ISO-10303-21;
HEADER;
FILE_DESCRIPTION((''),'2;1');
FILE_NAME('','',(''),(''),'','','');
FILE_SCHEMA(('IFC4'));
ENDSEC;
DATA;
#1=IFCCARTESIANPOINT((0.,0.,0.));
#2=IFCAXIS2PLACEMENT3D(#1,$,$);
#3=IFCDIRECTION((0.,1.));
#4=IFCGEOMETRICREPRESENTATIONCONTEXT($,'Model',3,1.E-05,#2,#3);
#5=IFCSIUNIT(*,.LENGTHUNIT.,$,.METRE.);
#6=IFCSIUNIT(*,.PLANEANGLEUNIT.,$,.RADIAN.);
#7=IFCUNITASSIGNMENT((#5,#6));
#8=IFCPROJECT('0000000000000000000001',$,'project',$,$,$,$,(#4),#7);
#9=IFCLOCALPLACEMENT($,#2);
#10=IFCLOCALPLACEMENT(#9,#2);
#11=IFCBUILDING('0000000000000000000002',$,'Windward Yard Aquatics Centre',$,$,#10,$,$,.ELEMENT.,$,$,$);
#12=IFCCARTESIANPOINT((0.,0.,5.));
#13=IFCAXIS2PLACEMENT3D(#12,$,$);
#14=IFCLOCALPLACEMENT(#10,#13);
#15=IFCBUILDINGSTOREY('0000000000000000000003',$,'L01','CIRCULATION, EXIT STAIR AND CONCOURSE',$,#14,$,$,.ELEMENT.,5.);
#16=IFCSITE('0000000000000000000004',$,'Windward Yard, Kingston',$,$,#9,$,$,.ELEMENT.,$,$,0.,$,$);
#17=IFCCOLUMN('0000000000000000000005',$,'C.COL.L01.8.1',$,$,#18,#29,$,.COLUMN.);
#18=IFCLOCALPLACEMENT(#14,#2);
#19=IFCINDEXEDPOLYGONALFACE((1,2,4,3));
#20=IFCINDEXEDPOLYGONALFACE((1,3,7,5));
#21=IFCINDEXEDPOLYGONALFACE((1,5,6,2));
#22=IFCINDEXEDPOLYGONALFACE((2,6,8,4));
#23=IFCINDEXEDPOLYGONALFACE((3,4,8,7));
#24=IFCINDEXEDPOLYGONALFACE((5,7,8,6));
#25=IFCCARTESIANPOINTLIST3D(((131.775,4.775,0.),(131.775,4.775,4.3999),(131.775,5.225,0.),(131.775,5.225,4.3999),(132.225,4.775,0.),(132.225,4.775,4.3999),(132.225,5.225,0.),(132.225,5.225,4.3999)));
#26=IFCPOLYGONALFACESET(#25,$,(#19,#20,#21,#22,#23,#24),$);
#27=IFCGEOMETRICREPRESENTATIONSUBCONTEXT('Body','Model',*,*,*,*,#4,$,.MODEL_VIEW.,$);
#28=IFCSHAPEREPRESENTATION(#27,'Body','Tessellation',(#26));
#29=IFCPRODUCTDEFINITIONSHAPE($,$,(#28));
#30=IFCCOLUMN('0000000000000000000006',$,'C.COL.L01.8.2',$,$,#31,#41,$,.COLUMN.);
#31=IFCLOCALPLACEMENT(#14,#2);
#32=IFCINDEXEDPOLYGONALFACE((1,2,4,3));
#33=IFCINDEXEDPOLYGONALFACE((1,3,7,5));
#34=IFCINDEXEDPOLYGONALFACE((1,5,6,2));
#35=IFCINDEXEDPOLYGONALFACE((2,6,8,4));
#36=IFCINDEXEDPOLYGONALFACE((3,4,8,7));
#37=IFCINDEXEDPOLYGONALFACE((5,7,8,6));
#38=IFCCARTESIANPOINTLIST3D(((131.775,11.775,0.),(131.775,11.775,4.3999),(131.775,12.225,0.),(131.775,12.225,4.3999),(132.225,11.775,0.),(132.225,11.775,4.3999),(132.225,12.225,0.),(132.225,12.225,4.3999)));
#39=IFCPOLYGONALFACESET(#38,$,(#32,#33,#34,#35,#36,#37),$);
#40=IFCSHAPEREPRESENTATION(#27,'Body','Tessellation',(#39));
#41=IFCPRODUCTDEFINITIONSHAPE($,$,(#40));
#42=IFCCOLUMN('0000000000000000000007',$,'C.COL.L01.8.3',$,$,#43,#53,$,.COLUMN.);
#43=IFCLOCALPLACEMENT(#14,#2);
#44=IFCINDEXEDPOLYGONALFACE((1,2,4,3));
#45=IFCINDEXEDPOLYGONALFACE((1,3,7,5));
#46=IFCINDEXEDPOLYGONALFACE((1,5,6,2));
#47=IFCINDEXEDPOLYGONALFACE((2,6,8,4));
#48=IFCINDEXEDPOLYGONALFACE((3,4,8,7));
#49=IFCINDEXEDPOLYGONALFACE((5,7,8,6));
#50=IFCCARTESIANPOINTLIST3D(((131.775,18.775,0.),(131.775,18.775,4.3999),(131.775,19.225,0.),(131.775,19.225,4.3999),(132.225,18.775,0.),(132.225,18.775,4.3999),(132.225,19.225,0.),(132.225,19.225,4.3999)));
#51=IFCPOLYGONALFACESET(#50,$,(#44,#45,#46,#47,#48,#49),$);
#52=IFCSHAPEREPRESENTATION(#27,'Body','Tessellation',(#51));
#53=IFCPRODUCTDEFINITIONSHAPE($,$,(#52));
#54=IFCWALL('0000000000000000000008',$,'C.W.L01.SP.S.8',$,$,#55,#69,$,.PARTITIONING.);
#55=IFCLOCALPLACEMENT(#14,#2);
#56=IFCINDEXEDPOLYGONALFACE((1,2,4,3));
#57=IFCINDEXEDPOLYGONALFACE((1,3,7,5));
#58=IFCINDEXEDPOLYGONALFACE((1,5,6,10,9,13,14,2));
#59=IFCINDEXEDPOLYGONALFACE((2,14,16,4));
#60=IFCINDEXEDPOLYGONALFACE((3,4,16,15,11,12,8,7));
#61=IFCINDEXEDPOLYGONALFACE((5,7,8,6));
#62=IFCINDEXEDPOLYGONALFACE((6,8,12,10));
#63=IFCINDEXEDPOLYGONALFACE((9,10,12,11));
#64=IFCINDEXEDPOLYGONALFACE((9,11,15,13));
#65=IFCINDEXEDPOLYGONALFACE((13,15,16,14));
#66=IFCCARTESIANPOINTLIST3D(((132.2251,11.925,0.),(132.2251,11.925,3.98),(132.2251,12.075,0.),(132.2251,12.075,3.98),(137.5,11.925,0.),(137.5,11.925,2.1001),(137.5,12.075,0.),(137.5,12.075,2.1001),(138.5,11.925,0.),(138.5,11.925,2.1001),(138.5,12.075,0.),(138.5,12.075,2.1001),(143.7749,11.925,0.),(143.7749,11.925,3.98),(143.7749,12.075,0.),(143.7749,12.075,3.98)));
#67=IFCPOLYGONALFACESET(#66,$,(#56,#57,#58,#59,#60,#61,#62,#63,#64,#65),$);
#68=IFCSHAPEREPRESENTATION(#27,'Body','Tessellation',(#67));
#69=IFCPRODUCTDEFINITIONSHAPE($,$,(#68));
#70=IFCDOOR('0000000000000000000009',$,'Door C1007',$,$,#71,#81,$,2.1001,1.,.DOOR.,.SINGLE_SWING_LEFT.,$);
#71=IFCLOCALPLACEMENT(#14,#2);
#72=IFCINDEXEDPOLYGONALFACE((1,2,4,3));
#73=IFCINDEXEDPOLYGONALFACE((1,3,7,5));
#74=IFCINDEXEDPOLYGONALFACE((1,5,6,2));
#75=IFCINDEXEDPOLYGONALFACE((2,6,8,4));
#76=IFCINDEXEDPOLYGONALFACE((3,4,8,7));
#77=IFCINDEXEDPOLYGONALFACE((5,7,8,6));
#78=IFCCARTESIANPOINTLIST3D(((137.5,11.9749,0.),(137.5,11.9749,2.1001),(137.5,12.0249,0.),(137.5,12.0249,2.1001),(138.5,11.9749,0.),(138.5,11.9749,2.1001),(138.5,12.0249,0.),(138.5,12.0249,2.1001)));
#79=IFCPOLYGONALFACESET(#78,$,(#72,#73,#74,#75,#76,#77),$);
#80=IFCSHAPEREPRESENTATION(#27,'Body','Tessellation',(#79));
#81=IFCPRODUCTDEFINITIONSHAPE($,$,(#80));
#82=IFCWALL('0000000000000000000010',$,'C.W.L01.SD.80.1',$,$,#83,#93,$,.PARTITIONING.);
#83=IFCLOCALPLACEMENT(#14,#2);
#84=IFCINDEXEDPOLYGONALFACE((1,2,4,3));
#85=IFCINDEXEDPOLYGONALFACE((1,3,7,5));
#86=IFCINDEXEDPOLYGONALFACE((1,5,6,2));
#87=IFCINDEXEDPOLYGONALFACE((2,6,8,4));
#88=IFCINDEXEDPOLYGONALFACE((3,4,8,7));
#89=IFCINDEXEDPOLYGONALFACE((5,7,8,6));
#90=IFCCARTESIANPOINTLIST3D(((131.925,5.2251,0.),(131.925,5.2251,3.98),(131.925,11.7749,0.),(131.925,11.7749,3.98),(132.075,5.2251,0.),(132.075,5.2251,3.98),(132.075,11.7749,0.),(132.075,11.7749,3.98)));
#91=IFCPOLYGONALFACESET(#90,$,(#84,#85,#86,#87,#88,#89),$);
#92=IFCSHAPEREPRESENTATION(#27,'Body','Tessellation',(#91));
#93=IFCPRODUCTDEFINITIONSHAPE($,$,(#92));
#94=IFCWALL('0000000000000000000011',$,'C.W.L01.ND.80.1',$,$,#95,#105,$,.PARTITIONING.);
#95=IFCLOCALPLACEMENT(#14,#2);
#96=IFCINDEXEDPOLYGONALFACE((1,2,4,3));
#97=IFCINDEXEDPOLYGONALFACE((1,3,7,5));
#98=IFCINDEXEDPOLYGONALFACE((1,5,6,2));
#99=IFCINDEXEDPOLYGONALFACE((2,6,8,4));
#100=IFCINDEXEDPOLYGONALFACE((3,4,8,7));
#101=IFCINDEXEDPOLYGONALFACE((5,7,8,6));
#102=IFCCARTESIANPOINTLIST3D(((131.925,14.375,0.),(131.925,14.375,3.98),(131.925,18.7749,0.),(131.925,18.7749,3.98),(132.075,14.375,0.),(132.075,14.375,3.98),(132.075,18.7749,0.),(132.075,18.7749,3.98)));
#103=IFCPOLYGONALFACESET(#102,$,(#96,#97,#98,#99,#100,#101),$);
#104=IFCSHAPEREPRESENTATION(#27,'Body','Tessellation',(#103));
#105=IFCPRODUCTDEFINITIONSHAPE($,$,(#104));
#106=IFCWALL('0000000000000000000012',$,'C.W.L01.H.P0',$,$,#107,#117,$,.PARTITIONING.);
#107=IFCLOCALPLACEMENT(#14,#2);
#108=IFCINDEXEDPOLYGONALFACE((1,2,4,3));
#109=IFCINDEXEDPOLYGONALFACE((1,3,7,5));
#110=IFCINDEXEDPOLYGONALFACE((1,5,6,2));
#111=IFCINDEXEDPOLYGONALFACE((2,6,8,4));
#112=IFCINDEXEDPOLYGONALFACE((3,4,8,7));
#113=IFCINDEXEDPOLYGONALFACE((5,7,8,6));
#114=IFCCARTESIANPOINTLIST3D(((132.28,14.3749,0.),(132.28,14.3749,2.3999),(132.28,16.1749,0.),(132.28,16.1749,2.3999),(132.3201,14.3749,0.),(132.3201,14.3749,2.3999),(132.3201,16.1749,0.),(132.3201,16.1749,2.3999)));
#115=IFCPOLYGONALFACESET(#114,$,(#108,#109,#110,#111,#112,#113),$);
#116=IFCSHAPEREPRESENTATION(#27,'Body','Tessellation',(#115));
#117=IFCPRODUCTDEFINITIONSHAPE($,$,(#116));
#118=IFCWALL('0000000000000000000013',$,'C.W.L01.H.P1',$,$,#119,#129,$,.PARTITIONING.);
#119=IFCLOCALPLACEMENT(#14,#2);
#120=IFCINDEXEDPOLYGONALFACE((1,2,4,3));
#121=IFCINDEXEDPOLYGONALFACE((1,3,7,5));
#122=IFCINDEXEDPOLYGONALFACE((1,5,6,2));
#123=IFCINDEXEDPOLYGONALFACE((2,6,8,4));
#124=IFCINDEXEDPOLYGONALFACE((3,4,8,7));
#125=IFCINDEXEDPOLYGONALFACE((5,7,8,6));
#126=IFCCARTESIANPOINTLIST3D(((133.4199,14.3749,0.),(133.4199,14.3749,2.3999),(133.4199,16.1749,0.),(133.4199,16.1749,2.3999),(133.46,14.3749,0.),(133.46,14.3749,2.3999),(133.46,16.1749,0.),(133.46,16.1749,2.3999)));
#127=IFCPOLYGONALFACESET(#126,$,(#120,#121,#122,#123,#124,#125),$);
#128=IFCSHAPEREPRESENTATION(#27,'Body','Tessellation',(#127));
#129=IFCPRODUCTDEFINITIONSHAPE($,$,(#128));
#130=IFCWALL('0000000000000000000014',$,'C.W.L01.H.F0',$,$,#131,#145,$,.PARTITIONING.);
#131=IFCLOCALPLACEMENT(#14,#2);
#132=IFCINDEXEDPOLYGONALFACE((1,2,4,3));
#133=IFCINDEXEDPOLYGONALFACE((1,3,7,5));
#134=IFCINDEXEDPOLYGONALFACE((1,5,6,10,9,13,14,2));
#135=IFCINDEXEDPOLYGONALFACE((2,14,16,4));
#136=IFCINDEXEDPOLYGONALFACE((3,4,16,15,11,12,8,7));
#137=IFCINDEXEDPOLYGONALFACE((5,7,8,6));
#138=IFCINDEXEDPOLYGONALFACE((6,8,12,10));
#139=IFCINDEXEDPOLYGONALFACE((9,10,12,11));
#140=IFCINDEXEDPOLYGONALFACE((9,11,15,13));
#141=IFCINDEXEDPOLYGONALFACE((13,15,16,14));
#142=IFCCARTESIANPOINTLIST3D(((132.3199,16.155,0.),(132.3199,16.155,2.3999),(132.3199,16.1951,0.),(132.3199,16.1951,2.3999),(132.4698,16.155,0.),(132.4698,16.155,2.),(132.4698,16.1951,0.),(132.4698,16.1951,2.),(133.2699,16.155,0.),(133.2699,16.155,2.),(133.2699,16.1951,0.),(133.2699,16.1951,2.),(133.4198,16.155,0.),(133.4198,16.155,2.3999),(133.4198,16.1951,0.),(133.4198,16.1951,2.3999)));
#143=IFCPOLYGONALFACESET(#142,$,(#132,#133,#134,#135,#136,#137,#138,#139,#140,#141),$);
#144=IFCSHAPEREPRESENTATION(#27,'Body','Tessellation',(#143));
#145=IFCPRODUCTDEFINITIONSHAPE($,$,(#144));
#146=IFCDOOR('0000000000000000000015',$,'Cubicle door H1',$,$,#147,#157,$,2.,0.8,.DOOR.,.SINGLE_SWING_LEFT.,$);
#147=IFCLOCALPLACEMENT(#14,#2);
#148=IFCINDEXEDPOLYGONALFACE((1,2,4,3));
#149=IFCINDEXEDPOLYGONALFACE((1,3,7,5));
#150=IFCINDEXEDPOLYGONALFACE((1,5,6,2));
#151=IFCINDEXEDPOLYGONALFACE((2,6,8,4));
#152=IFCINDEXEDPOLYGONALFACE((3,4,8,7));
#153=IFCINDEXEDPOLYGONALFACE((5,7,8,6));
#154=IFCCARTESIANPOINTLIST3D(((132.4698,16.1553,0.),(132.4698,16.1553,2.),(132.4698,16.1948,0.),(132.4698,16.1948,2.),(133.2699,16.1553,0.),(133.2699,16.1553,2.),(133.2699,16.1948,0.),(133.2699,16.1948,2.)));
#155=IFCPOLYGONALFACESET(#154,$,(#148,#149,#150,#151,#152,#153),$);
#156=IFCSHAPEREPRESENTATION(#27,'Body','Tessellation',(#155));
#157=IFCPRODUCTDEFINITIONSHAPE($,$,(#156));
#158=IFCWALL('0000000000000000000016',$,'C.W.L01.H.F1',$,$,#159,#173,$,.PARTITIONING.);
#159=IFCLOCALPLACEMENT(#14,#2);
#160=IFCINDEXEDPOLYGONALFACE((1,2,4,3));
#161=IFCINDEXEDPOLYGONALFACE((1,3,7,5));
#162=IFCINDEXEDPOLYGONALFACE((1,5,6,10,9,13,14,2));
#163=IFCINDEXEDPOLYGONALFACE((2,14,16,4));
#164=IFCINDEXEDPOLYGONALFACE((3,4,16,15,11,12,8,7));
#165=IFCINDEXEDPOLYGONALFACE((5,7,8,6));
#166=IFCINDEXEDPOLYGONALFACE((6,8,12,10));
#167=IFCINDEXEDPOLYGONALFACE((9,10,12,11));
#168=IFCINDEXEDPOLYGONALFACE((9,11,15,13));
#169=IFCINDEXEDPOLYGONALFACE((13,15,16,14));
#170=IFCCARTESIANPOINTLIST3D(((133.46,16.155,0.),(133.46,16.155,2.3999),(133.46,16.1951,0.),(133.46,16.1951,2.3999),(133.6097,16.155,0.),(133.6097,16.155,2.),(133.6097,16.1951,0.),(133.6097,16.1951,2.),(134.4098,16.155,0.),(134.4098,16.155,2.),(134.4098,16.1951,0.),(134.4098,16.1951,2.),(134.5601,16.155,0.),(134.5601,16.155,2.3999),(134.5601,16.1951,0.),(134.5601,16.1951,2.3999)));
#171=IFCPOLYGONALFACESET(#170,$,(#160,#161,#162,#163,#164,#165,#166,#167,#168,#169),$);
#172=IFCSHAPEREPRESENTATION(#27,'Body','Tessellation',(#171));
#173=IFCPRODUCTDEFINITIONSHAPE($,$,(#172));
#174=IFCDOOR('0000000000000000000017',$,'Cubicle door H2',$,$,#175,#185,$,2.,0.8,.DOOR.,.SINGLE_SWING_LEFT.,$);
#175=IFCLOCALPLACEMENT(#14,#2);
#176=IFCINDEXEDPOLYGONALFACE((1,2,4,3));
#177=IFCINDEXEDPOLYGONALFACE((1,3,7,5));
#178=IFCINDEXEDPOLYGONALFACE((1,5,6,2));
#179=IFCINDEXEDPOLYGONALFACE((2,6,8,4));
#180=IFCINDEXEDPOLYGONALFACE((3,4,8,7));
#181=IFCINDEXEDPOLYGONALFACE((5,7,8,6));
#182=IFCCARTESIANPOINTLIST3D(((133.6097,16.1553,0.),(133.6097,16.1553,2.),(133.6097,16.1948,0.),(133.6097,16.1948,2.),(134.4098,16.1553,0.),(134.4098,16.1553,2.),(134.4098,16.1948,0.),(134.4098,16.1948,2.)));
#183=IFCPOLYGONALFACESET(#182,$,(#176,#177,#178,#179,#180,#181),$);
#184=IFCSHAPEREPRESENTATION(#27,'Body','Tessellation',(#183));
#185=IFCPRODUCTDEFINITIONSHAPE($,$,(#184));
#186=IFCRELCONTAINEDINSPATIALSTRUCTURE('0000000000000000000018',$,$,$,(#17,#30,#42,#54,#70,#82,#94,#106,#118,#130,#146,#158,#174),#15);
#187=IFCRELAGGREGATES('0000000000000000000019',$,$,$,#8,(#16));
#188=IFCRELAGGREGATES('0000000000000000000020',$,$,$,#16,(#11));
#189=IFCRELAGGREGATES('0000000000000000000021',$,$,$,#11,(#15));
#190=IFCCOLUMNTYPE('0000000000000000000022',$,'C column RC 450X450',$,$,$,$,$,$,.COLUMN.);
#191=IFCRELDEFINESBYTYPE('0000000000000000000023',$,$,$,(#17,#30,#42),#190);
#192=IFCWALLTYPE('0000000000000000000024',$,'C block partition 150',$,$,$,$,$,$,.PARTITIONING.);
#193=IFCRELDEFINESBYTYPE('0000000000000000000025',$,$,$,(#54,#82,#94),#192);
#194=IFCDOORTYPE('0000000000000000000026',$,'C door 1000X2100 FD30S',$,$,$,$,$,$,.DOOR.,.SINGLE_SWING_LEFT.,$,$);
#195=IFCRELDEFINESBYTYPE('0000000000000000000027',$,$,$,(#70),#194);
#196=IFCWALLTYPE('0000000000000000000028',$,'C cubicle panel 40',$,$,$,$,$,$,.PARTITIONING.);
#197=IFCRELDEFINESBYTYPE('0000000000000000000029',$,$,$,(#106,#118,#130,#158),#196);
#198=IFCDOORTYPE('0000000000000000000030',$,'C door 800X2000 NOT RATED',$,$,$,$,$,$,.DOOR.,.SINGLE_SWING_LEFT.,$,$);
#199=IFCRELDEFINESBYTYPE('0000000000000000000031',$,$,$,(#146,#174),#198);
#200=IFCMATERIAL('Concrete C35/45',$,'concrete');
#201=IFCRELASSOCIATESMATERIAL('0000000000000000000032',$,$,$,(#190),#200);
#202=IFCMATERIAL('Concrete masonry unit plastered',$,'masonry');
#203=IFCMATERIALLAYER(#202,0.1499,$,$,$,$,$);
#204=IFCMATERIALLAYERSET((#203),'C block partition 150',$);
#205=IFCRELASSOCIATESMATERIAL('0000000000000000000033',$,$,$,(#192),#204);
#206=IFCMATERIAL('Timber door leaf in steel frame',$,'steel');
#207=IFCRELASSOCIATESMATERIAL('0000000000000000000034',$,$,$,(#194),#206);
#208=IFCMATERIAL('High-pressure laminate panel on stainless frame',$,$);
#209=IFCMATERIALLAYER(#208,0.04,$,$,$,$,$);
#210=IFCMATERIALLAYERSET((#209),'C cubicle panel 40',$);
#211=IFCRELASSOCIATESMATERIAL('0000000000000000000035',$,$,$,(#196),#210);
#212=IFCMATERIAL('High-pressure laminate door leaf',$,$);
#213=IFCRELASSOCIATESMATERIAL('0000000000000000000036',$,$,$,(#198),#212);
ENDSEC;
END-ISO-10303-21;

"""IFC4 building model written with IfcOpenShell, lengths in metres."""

from ifc_helpers import new_model, si_unit, direction, frame, frame_2d, origin, origin_2d, place, context, subcontext, project, spatial, rectangle, extrude, material, layer, layer_set, material_profile, profile_set, type_object, element, fill, save


model = new_model("IFC4")

# Units and contexts
model_context = context("Model", 3, precision=1e-05, world=origin(), true_north=direction((0.0, 1.0)))
body_context = subcontext(model_context, "Body", "Model", "MODEL_VIEW")
ifc_project = project(units=[si_unit("LENGTHUNIT", "METRE"), si_unit("PLANEANGLEUNIT", "RADIAN")], contexts=[model_context])

# Site, building, storey
site_placement = place(None, origin())
site = spatial("IfcSite", under=ifc_project, at=site_placement, Name="Windward Yard, Kingston", CompositionType="ELEMENT", RefElevation=0.0)
building_placement = place(site_placement, origin())
building = spatial("IfcBuilding", under=site, at=building_placement, Name="Windward Yard Aquatics Centre", CompositionType="ELEMENT")
storey_placement = place(building_placement, frame((0.0, 0.0, 5.0)))
storey = spatial("IfcBuildingStorey", under=building, at=storey_placement, Name="L01", Description="CIRCULATION, EXIT STAIR AND CONCOURSE", CompositionType="ELEMENT", Elevation=5.0)

# Columns
ifc_material_1 = material(Name="Concrete C35/45", Category="concrete")
ifc_material_profile = material_profile(ifc_material_1, rectangle(XDim=0.45, YDim=0.45, at=origin_2d()), Name="RC 450X450")
ifc_profile_set = profile_set([ifc_material_profile], Name="Concrete C35/45")
column_type = type_object("IfcColumnType", Name="C column RC 450X450", PredefinedType="COLUMN", material=ifc_profile_set)
for number, where, z_axis, x_axis, name in (
    (1, (132.0, 5.0, 0.0), (0.0, 0.0, 1.0), (1.0, 0.0, 0.0), "C.COL.L01.8.1"),
    (2, (132.0, 12.0, 0.0), (0.0, 0.0, 1.0), (1.0, 0.0, 0.0), "C.COL.L01.8.2"),
    (3, (132.0, 19.0, 0.0), (0.0, 0.0, 1.0), (1.0, 0.0, 0.0), "C.COL.L01.8.3"),
):
    element("IfcColumn", number, at=place(storey_placement, frame(where, z_axis=z_axis, x_axis=x_axis)), inside=storey, type_object=column_type, Name=name, PredefinedType="COLUMN", context=body_context, shape_type="SweptSolid", body=[
        extrude(rectangle(XDim=0.45, YDim=0.45, at=origin_2d()), origin(), (0.0, 0.0, 1.0), 4.3999),
    ])

# Wall, opening, door
ifc_material_2 = material(Name="Concrete masonry unit plastered", Category="masonry")
ifc_layer_1 = layer(ifc_material_2, 0.1499)
ifc_layer_set_1 = layer_set([ifc_layer_1], Name="C block partition 150")
wall_type_1 = type_object("IfcWallType", Name="C block partition 150", PredefinedType="PARTITIONING", material=ifc_layer_set_1)
wall_1_placement = place(storey_placement, frame((132.2251, 12.0, 0.0), z_axis=(0.0, 0.0, 1.0), x_axis=(1.0, 0.0, 0.0)))
wall_1 = element("IfcWall", 4, at=wall_1_placement, inside=storey, type_object=wall_type_1, Name="C.W.L01.SP.S.8", PredefinedType="PARTITIONING", context=body_context, shape_type="SweptSolid", body=[
    extrude(rectangle(XDim=11.5498, YDim=0.1499, at=frame_2d((5.7749, 0.0))), origin(), (0.0, 0.0, 1.0), 3.98),
])
opening_1_placement = place(wall_1_placement, frame((5.2749, 0.0, 0.0)))
opening_1 = element("IfcOpeningElement", 5, at=opening_1_placement, cuts=wall_1, PredefinedType="OPENING", context=body_context, shape_type="SweptSolid", body=[
    extrude(rectangle(XDim=1.0, YDim=2.1001, at=frame_2d((0.5, 1.05))), frame((0.0, 0.085, 0.0), z_axis=(0.0, -1.0, 0.0), x_axis=(1.0, 0.0, 0.0)), (0.0, 0.0, 1.0), 0.1699),
])
ifc_material_3 = material(Name="Timber door leaf in steel frame", Category="steel")
door_type_1 = type_object("IfcDoorType", Name="C door 1000X2100 FD30S", OperationType="SINGLE_SWING_LEFT", PredefinedType="DOOR", material=ifc_material_3)
door_1_placement = place(opening_1_placement, origin())
door_1 = element("IfcDoor", 6, at=door_1_placement, inside=storey, type_object=door_type_1, Name="Door C1007", OperationType="SINGLE_SWING_LEFT", OverallHeight=2.1001, OverallWidth=1.0, PredefinedType="DOOR", context=body_context, shape_type="SweptSolid", body=[
    extrude(rectangle(XDim=1.0, YDim=2.1001, at=frame_2d((0.5, 1.05))), frame((0.0, 0.0249, 0.0), z_axis=(0.0, -1.0, 0.0), x_axis=(1.0, 0.0, 0.0)), (0.0, 0.0, 1.0), 0.05),
])
fill(opening_1, door_1)

# Walls
wall_2_placement = place(storey_placement, frame((132.0, 5.2251, 0.0), z_axis=(0.0, 0.0, 1.0), x_axis=(0.0, 1.0, 0.0)))
element("IfcWall", 7, at=wall_2_placement, inside=storey, type_object=wall_type_1, Name="C.W.L01.SD.80.1", PredefinedType="PARTITIONING", context=body_context, shape_type="SweptSolid", body=[
    extrude(rectangle(XDim=6.5498, YDim=0.1499, at=frame_2d((3.2749, 0.0))), origin(), (0.0, 0.0, 1.0), 3.98),
])
wall_3_placement = place(storey_placement, frame((132.0, 14.375, 0.0), z_axis=(0.0, 0.0, 1.0), x_axis=(0.0, 1.0, 0.0)))
element("IfcWall", 8, at=wall_3_placement, inside=storey, type_object=wall_type_1, Name="C.W.L01.ND.80.1", PredefinedType="PARTITIONING", context=body_context, shape_type="SweptSolid", body=[
    extrude(rectangle(XDim=4.3999, YDim=0.1499, at=frame_2d((2.2, 0.0))), origin(), (0.0, 0.0, 1.0), 3.98),
])
ifc_material_4 = material(Name="High-pressure laminate panel on stainless frame")
ifc_layer_2 = layer(ifc_material_4, 0.04)
ifc_layer_set_2 = layer_set([ifc_layer_2], Name="C cubicle panel 40")
wall_type_2 = type_object("IfcWallType", Name="C cubicle panel 40", PredefinedType="PARTITIONING", material=ifc_layer_set_2)
for number, where, z_axis, x_axis, name in (
    (9, (132.3, 14.375, 0.0), (0.0, 0.0, 1.0), (0.0, 1.0, 0.0), "C.W.L01.H.P0"),
    (10, (133.4399, 14.375, 0.0), (0.0, 0.0, 1.0), (0.0, 1.0, 0.0), "C.W.L01.H.P1"),
):
    element("IfcWall", number, at=place(storey_placement, frame(where, z_axis=z_axis, x_axis=x_axis)), inside=storey, type_object=wall_type_2, Name=name, PredefinedType="PARTITIONING", context=body_context, shape_type="SweptSolid", body=[
        extrude(rectangle(XDim=1.8, YDim=0.04, at=frame_2d((0.8999, 0.0))), origin(), (0.0, 0.0, 1.0), 2.3999),
    ])

# Walls, openings, doors
wall_4_placement = place(storey_placement, frame((132.3201, 16.175, 0.0), z_axis=(0.0, 0.0, 1.0), x_axis=(1.0, 0.0, 0.0)))
wall_4 = element("IfcWall", 11, at=wall_4_placement, inside=storey, type_object=wall_type_2, Name="C.W.L01.H.F0", PredefinedType="PARTITIONING", context=body_context, shape_type="SweptSolid", body=[
    extrude(rectangle(XDim=1.0999, YDim=0.04, at=frame_2d((0.5498, 0.0))), origin(), (0.0, 0.0, 1.0), 2.3999),
])
opening_2_placement = place(wall_4_placement, frame((0.1499, 0.0, 0.0)))
opening_2 = element("IfcOpeningElement", 12, at=opening_2_placement, cuts=wall_4, PredefinedType="OPENING", context=body_context, shape_type="SweptSolid", body=[
    extrude(rectangle(XDim=0.8, YDim=2.0, at=frame_2d((0.3999, 1.0))), frame((0.0, 0.03, 0.0), z_axis=(0.0, -1.0, 0.0), x_axis=(1.0, 0.0, 0.0)), (0.0, 0.0, 1.0), 0.0601),
])
ifc_material_5 = material(Name="High-pressure laminate door leaf")
door_type_2 = type_object("IfcDoorType", Name="C door 800X2000 NOT RATED", OperationType="SINGLE_SWING_LEFT", PredefinedType="DOOR", material=ifc_material_5)
door_2_placement = place(opening_2_placement, origin())
door_2 = element("IfcDoor", 13, at=door_2_placement, inside=storey, type_object=door_type_2, Name="Cubicle door H1", OperationType="SINGLE_SWING_LEFT", OverallHeight=2.0, OverallWidth=0.8, PredefinedType="DOOR", context=body_context, shape_type="SweptSolid", body=[
    extrude(rectangle(XDim=0.8, YDim=2.0, at=frame_2d((0.3999, 1.0))), frame((0.0, 0.0198, 0.0), z_axis=(0.0, -1.0, 0.0), x_axis=(1.0, 0.0, 0.0)), (0.0, 0.0, 1.0), 0.0396),
])
fill(opening_2, door_2)
wall_5_placement = place(storey_placement, frame((133.46, 16.175, 0.0), z_axis=(0.0, 0.0, 1.0), x_axis=(1.0, 0.0, 0.0)))
wall_5 = element("IfcWall", 14, at=wall_5_placement, inside=storey, type_object=wall_type_2, Name="C.W.L01.H.F1", PredefinedType="PARTITIONING", context=body_context, shape_type="SweptSolid", body=[
    extrude(rectangle(XDim=1.1001, YDim=0.04, at=frame_2d((0.55, 0.0))), origin(), (0.0, 0.0, 1.0), 2.3999),
])
opening_3_placement = place(wall_5_placement, frame((0.1499, 0.0, 0.0)))
opening_3 = element("IfcOpeningElement", 15, at=opening_3_placement, cuts=wall_5, PredefinedType="OPENING", context=body_context, shape_type="SweptSolid", body=[
    extrude(rectangle(XDim=0.8, YDim=2.0, at=frame_2d((0.3999, 1.0))), frame((0.0, 0.03, 0.0), z_axis=(0.0, -1.0, 0.0), x_axis=(1.0, 0.0, 0.0)), (0.0, 0.0, 1.0), 0.0601),
])
door_3_placement = place(opening_3_placement, origin())
door_3 = element("IfcDoor", 16, at=door_3_placement, inside=storey, type_object=door_type_2, Name="Cubicle door H2", OperationType="SINGLE_SWING_LEFT", OverallHeight=2.0, OverallWidth=0.8, PredefinedType="DOOR", context=body_context, shape_type="SweptSolid", body=[
    extrude(rectangle(XDim=0.8, YDim=2.0, at=frame_2d((0.3999, 1.0))), frame((0.0, 0.0198, 0.0), z_axis=(0.0, -1.0, 0.0), x_axis=(1.0, 0.0, 0.0)), (0.0, 0.0, 1.0), 0.0396),
])
fill(opening_3, door_3)

save(model, "model.ifc")
